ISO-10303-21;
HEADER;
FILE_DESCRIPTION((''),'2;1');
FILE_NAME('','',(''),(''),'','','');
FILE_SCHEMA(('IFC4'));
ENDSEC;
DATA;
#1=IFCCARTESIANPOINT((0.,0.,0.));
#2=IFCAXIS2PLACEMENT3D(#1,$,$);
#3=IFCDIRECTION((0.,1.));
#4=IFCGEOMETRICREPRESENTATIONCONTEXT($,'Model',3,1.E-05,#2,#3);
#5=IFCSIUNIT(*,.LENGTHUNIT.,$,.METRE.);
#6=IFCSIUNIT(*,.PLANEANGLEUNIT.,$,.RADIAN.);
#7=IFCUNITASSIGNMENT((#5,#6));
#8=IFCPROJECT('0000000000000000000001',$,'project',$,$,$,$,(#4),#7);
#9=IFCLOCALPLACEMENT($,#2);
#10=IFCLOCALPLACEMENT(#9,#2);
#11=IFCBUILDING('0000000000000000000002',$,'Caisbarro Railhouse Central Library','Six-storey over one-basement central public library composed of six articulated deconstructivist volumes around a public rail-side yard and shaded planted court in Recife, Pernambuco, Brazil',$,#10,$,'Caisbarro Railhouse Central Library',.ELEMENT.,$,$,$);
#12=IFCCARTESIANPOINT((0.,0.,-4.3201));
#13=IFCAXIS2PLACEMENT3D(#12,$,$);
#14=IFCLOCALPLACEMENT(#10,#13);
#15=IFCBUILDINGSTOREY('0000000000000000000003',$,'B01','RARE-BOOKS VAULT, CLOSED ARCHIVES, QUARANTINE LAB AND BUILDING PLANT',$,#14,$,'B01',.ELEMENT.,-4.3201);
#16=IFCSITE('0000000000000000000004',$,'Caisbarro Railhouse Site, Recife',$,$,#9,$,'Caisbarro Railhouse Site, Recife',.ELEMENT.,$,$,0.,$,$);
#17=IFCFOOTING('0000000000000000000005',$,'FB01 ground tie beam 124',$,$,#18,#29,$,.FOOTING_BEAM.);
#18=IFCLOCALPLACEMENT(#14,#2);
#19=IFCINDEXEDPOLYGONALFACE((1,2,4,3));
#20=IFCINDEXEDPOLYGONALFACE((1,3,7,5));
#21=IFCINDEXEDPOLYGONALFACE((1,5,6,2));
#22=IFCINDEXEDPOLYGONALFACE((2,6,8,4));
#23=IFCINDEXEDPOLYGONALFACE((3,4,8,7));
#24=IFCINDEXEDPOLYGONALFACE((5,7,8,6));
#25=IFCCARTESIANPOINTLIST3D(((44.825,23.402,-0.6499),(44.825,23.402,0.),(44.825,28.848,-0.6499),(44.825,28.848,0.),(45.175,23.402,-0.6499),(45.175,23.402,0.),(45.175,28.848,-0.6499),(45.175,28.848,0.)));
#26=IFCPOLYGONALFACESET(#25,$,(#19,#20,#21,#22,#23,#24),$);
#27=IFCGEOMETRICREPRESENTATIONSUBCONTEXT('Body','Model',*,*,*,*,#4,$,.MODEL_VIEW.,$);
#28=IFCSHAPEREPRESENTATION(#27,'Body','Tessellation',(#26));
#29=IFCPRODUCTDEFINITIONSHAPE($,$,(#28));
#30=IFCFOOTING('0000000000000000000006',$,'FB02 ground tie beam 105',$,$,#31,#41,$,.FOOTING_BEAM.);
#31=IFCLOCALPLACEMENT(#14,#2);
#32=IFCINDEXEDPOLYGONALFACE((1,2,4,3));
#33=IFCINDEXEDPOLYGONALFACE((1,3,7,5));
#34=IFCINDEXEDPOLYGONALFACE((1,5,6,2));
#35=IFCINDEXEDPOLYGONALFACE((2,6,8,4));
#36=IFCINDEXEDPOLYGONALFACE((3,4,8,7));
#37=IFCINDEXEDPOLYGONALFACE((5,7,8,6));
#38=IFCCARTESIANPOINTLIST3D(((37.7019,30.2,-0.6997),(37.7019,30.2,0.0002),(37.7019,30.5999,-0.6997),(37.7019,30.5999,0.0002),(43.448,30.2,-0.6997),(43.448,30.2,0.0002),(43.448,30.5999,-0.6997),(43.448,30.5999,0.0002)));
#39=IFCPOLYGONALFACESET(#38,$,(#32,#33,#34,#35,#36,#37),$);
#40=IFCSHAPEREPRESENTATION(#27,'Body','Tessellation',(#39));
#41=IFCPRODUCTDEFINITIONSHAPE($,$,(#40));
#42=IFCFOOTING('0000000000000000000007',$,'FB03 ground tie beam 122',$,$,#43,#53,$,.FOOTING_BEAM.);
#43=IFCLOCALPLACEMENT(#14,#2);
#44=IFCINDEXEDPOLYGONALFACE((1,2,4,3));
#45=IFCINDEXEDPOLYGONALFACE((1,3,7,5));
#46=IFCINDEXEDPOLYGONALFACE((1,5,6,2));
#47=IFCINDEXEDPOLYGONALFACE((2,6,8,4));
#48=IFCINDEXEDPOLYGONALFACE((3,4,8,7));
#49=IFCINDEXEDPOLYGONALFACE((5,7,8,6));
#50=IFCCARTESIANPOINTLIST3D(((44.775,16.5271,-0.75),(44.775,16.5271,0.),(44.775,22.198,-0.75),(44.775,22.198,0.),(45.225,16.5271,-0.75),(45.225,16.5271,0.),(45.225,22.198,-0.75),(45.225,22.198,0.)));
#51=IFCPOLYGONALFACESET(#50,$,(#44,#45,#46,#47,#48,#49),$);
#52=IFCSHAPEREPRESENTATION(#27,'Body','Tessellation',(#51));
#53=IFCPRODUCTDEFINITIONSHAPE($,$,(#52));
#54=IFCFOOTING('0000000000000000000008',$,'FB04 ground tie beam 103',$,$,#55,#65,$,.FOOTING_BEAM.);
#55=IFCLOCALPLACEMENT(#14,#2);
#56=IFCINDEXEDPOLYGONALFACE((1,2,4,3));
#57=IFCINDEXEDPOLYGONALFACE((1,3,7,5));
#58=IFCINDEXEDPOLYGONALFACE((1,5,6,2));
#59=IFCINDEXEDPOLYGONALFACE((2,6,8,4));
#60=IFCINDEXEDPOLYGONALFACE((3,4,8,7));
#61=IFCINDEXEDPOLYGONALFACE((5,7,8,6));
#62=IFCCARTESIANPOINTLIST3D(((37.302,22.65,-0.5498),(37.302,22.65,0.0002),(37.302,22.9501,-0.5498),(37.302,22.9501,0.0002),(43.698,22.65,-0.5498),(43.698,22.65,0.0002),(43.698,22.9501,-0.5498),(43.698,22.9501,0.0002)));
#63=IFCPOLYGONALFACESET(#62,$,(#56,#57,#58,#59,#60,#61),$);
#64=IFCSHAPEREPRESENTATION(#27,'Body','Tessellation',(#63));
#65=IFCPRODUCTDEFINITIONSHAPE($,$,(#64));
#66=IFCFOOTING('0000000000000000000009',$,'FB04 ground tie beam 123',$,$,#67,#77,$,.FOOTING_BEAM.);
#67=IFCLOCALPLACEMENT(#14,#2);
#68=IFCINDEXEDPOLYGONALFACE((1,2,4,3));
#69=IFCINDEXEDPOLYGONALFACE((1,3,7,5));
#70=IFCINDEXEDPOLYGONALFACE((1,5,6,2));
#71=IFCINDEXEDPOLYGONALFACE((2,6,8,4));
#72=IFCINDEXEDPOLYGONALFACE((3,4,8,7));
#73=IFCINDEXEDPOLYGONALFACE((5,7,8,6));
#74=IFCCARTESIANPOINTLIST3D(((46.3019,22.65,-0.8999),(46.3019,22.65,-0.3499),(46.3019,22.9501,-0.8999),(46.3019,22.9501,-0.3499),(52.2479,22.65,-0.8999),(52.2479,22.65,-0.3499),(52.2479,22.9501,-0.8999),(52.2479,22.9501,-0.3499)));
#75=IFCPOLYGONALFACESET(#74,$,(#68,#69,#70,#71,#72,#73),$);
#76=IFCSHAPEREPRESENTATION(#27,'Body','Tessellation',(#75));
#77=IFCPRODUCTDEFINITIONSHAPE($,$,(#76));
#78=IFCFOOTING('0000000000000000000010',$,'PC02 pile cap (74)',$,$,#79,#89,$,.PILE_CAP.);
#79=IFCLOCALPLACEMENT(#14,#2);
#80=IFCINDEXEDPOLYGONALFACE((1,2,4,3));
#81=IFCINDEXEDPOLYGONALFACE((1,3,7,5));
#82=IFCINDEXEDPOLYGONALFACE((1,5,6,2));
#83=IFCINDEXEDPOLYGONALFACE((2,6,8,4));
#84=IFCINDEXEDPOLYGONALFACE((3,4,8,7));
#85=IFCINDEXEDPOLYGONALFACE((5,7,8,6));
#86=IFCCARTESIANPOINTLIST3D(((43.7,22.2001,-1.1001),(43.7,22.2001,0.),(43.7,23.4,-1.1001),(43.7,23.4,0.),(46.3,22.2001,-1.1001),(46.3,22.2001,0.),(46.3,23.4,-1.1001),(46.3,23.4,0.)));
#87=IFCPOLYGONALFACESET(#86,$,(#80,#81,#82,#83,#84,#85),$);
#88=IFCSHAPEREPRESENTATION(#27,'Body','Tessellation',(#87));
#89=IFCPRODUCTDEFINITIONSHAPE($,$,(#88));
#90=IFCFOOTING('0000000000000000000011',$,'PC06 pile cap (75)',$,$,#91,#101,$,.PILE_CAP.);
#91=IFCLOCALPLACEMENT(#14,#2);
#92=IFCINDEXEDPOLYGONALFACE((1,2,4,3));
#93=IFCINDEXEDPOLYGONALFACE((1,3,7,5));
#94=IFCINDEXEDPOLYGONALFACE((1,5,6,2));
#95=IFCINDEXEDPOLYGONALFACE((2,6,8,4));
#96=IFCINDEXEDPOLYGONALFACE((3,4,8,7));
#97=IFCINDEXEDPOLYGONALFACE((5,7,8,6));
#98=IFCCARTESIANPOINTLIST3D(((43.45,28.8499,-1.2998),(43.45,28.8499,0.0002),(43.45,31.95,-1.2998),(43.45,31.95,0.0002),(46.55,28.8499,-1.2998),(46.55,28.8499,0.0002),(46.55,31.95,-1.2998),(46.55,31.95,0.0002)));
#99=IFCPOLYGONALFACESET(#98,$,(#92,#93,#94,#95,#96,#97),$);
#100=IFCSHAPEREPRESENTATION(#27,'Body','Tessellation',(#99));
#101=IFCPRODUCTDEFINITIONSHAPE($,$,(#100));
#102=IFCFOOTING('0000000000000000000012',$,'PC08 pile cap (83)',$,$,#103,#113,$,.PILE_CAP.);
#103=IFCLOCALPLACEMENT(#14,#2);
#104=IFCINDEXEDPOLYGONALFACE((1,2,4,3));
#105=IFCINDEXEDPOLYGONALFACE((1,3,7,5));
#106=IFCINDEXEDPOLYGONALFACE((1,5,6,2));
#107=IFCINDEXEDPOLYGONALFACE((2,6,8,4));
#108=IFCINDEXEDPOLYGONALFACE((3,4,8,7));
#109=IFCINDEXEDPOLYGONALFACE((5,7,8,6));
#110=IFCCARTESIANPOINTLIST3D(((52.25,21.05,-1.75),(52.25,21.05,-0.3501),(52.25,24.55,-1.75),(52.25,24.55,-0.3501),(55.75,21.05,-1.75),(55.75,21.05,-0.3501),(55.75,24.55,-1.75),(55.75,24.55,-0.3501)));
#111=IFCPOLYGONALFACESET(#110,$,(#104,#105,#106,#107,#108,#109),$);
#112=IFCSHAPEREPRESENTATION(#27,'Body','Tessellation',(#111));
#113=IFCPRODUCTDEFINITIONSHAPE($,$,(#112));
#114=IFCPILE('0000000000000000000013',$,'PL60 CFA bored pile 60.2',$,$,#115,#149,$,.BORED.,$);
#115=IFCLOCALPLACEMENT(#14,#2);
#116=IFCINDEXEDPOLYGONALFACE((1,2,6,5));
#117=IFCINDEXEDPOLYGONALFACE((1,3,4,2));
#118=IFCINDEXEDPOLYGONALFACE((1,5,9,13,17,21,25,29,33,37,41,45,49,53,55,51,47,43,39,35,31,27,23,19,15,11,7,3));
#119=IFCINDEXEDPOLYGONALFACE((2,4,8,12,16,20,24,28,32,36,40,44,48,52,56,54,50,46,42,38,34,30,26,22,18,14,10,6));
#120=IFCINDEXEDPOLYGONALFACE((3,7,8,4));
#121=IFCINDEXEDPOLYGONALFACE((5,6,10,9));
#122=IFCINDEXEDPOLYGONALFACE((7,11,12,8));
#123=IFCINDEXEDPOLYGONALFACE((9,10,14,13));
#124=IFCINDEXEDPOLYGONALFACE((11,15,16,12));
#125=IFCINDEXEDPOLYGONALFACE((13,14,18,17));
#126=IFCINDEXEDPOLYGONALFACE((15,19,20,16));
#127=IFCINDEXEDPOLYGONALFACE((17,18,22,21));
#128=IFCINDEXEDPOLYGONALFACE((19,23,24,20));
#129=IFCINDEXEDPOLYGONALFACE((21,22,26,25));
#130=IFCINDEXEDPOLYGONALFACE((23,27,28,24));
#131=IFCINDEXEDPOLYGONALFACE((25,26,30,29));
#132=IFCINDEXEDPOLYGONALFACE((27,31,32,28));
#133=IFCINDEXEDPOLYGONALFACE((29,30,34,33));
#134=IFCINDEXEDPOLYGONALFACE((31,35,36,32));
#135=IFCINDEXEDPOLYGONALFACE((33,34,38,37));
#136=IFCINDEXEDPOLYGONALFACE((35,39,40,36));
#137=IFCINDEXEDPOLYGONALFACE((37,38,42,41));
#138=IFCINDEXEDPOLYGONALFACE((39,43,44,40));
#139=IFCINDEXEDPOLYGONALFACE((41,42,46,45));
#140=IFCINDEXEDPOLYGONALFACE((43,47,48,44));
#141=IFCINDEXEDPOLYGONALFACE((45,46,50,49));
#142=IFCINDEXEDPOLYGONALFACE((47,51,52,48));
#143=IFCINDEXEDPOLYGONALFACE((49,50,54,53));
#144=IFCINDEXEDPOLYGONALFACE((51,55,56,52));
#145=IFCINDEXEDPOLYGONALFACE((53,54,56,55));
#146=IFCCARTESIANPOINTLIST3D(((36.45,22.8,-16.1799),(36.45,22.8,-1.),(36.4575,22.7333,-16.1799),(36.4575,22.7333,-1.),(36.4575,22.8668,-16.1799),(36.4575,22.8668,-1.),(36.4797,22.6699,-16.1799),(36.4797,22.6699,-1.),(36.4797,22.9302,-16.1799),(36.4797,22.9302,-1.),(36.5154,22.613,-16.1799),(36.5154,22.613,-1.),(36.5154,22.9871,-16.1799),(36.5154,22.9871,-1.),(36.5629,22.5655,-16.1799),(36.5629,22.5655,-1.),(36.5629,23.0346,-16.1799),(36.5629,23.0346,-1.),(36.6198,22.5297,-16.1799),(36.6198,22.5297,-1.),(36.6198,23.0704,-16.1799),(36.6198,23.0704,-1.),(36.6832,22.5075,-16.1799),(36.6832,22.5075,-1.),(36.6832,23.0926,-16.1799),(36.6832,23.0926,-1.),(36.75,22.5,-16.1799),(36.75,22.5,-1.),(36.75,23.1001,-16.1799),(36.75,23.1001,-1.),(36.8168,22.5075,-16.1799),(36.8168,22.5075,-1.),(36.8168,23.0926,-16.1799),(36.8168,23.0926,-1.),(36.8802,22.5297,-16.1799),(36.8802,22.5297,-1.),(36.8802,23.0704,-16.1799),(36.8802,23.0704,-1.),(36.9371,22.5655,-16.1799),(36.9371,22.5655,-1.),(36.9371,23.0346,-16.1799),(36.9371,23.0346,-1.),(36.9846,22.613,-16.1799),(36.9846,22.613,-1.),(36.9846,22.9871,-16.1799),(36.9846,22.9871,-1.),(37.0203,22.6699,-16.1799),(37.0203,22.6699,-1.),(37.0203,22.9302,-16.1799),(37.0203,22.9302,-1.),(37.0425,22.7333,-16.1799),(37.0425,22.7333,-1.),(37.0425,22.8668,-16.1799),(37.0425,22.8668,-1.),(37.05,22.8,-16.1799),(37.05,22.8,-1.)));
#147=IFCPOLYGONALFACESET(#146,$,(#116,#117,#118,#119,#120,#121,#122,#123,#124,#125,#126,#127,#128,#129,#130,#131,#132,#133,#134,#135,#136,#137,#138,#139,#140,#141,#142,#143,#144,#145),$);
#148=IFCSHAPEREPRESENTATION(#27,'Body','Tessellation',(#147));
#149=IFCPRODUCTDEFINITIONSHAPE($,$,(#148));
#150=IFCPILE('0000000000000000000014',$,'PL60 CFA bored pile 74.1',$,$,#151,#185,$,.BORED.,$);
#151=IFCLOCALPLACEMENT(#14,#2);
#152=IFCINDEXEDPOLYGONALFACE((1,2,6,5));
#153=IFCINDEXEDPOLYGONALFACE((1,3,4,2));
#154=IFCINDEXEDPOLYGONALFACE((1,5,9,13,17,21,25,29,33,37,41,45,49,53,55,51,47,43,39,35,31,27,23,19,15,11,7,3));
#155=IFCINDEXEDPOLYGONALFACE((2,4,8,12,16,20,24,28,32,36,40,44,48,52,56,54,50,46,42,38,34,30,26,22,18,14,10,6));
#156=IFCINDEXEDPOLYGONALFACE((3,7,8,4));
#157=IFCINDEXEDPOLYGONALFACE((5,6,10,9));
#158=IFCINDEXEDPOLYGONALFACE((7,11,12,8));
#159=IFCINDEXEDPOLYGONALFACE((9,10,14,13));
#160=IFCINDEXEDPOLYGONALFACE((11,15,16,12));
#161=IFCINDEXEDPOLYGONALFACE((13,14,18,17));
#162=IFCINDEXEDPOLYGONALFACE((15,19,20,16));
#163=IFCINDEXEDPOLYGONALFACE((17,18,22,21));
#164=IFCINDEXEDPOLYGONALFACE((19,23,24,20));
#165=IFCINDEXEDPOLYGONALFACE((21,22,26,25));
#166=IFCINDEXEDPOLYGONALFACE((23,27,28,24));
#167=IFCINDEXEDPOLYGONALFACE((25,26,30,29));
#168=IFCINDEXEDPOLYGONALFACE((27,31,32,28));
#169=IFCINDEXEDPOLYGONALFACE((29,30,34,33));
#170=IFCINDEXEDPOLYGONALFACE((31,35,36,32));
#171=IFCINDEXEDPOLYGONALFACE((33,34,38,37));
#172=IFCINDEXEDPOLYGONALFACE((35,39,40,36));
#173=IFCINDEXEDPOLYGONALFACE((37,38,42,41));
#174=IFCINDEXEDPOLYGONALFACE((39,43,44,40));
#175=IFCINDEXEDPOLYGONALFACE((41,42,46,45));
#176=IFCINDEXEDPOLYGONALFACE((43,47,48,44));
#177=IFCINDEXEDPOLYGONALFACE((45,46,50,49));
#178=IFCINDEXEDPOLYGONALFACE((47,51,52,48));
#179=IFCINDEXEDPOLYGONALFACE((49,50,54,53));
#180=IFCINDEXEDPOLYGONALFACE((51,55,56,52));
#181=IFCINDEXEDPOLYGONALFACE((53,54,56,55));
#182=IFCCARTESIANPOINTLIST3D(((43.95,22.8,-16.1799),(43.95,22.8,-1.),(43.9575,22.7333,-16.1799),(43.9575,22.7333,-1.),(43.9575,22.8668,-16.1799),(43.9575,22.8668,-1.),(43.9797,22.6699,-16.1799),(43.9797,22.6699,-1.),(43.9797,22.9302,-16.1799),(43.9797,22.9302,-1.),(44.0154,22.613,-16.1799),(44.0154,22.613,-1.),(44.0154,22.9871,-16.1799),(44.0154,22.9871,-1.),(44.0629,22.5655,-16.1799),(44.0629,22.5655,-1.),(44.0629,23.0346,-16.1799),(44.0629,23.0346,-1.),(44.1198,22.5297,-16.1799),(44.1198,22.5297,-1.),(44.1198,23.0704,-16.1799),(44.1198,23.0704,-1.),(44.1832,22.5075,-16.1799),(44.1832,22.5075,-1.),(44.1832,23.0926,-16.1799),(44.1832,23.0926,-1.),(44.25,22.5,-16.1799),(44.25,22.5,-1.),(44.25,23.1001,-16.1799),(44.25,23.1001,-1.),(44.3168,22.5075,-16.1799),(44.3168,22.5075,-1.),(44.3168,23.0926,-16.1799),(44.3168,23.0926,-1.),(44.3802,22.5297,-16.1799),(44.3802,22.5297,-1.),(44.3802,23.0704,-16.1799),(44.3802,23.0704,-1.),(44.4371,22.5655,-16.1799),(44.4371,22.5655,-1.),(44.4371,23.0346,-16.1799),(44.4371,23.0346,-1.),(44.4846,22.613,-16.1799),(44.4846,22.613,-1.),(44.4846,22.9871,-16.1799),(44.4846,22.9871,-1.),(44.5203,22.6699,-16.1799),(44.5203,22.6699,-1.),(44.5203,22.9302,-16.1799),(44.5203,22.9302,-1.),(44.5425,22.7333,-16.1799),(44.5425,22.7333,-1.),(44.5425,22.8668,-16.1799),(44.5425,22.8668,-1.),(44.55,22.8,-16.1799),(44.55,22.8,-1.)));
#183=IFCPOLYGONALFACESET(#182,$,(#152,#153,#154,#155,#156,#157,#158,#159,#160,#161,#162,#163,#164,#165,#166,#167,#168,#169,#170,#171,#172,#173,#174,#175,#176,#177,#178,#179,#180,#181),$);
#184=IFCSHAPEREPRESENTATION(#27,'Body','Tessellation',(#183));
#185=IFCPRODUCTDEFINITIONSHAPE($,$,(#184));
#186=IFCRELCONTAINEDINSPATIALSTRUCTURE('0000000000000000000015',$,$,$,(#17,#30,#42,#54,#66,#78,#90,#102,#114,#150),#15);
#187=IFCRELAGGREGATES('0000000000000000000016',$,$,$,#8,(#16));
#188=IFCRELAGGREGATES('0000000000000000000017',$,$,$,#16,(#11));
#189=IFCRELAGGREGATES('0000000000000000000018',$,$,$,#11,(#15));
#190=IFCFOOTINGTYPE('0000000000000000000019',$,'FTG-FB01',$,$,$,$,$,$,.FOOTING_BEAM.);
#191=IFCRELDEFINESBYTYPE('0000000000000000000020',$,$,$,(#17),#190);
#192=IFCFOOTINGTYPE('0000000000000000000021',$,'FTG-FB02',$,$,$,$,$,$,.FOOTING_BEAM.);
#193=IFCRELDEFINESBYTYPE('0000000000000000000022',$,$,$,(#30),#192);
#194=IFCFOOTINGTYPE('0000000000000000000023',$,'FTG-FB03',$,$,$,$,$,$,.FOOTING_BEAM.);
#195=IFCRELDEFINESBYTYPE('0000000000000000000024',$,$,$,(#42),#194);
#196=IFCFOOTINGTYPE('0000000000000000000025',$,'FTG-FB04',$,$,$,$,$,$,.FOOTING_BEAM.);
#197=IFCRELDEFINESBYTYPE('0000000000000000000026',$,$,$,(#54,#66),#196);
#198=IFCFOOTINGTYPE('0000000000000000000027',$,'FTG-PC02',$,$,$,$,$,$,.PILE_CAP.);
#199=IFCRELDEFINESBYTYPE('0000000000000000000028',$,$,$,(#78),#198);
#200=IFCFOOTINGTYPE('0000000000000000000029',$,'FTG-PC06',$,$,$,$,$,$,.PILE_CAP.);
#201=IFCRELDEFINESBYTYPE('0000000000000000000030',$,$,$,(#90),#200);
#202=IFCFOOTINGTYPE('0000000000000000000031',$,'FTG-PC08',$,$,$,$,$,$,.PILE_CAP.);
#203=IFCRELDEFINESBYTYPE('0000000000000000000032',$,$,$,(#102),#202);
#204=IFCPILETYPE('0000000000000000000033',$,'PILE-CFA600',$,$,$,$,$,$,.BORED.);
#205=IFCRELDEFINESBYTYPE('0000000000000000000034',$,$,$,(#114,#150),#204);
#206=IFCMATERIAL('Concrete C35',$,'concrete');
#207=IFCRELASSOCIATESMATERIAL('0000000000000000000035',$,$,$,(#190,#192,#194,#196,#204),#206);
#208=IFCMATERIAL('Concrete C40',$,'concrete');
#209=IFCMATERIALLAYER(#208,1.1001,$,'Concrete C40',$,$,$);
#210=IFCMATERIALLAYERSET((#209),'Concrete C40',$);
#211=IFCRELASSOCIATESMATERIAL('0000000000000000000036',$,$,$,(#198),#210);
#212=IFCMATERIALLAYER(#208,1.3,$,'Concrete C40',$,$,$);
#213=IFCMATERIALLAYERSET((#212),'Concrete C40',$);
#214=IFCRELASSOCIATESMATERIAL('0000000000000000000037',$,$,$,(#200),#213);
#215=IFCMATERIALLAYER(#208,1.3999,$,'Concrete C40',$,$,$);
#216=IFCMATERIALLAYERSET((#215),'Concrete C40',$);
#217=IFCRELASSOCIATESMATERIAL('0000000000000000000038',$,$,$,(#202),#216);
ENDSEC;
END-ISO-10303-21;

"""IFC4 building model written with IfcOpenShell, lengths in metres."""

from ifc_helpers import new_model, si_unit, direction, frame, origin, origin_2d, place, context, subcontext, project, spatial, rectangle, circle, extrude, material, layer, layer_set, material_profile, profile_set, type_object, element, save


model = new_model("IFC4")

# Units and contexts
model_context = context("Model", 3, precision=1e-05, world=origin(), true_north=direction((0.0, 1.0)))
body_context = subcontext(model_context, "Body", "Model", "MODEL_VIEW")
ifc_project = project(units=[si_unit("LENGTHUNIT", "METRE"), si_unit("PLANEANGLEUNIT", "RADIAN")], contexts=[model_context])

# Site, building, storey
site_placement = place(None, origin())
site = spatial("IfcSite", under=ifc_project, at=site_placement, Name="Caisbarro Railhouse Site, Recife", LongName="Caisbarro Railhouse Site, Recife", CompositionType="ELEMENT", RefElevation=0.0)
building_placement = place(site_placement, origin())
building = spatial("IfcBuilding", under=site, at=building_placement, Name="Caisbarro Railhouse Central Library", Description="Six-storey over one-basement central public library composed of six articulated deconstructivist volumes around a public rail-side yard and shaded planted court in Recife, Pernambuco, Brazil", LongName="Caisbarro Railhouse Central Library", CompositionType="ELEMENT")
storey_placement = place(building_placement, frame((0.0, 0.0, -4.3201)))
storey = spatial("IfcBuildingStorey", under=building, at=storey_placement, Name="B01", Description="RARE-BOOKS VAULT, CLOSED ARCHIVES, QUARANTINE LAB AND BUILDING PLANT", LongName="B01", CompositionType="ELEMENT", Elevation=-4.3201)

# Footings
ifc_material_1 = material(Name="Concrete C35", Category="concrete")
footing_type_1 = type_object("IfcFootingType", Name="FTG-FB01", PredefinedType="FOOTING_BEAM", material=ifc_material_1)
footing_1_placement = place(storey_placement, frame((45.0, 26.125, -0.6499), z_axis=(0.0, 0.0, 1.0), x_axis=(0.0, 1.0, 0.0)))
element("IfcFooting", 1, at=footing_1_placement, inside=storey, type_object=footing_type_1, Name="FB01 ground tie beam 124", PredefinedType="FOOTING_BEAM", context=body_context, shape_type="SweptSolid", body=[
    extrude(rectangle(XDim=5.446, YDim=0.3501, at=origin_2d()), origin(), (0.0, 0.0, 1.0), 0.6499),
])
footing_type_2 = type_object("IfcFootingType", Name="FTG-FB02", PredefinedType="FOOTING_BEAM", material=ifc_material_1)
footing_2_placement = place(storey_placement, frame((40.575, 30.3999, -0.6997), z_axis=(0.0, 0.0, 1.0), x_axis=(1.0, 0.0, 0.0)))
element("IfcFooting", 2, at=footing_2_placement, inside=storey, type_object=footing_type_2, Name="FB02 ground tie beam 105", PredefinedType="FOOTING_BEAM", context=body_context, shape_type="SweptSolid", body=[
    extrude(rectangle(XDim=5.7461, YDim=0.3999, at=origin_2d()), origin(), (0.0, 0.0, 1.0), 0.7),
])
footing_type_3 = type_object("IfcFootingType", Name="FTG-FB03", PredefinedType="FOOTING_BEAM", material=ifc_material_1)
footing_3_placement = place(storey_placement, frame((45.0, 19.3625, -0.75), z_axis=(0.0, 0.0, 1.0), x_axis=(0.0, 1.0, 0.0)))
element("IfcFooting", 3, at=footing_3_placement, inside=storey, type_object=footing_type_3, Name="FB03 ground tie beam 122", PredefinedType="FOOTING_BEAM", context=body_context, shape_type="SweptSolid", body=[
    extrude(rectangle(XDim=5.6709, YDim=0.45, at=origin_2d()), origin(), (0.0, 0.0, 1.0), 0.75),
])
footing_type_4 = type_object("IfcFootingType", Name="FTG-FB04", PredefinedType="FOOTING_BEAM", material=ifc_material_1)
footing_4_placement = place(storey_placement, frame((40.5, 22.8, -0.5498), z_axis=(0.0, 0.0, 1.0), x_axis=(1.0, 0.0, 0.0)))
element("IfcFooting", 4, at=footing_4_placement, inside=storey, type_object=footing_type_4, Name="FB04 ground tie beam 103", PredefinedType="FOOTING_BEAM", context=body_context, shape_type="SweptSolid", body=[
    extrude(rectangle(XDim=6.396, YDim=0.3, at=origin_2d()), origin(), (0.0, 0.0, 1.0), 0.55),
])
footing_5_placement = place(storey_placement, frame((49.2749, 22.8, -0.8999), z_axis=(0.0, 0.0, 1.0), x_axis=(1.0, 0.0, 0.0)))
element("IfcFooting", 5, at=footing_5_placement, inside=storey, type_object=footing_type_4, Name="FB04 ground tie beam 123", PredefinedType="FOOTING_BEAM", context=body_context, shape_type="SweptSolid", body=[
    extrude(rectangle(XDim=5.946, YDim=0.3, at=origin_2d()), origin(), (0.0, 0.0, 1.0), 0.55),
])
ifc_material_2 = material(Name="Concrete C40", Category="concrete")
ifc_layer_1 = layer(ifc_material_2, 1.1001, Name="Concrete C40")
ifc_layer_set_1 = layer_set([ifc_layer_1], Name="Concrete C40")
footing_type_5 = type_object("IfcFootingType", Name="FTG-PC02", PredefinedType="PILE_CAP", material=ifc_layer_set_1)
footing_6_placement = place(storey_placement, frame((45.0, 22.8, -1.1001), z_axis=(0.0, 0.0, 1.0), x_axis=(1.0, 0.0, 0.0)))
element("IfcFooting", 6, at=footing_6_placement, inside=storey, type_object=footing_type_5, Name="PC02 pile cap (74)", PredefinedType="PILE_CAP", context=body_context, shape_type="SweptSolid", body=[
    extrude(rectangle(XDim=2.6001, YDim=1.2, at=origin_2d()), origin(), (0.0, 0.0, 1.0), 1.1001),
])
ifc_layer_2 = layer(ifc_material_2, 1.3, Name="Concrete C40")
ifc_layer_set_2 = layer_set([ifc_layer_2], Name="Concrete C40")
footing_type_6 = type_object("IfcFootingType", Name="FTG-PC06", PredefinedType="PILE_CAP", material=ifc_layer_set_2)
footing_7_placement = place(storey_placement, frame((45.0, 30.3999, -1.2998), z_axis=(0.0, 0.0, 1.0), x_axis=(1.0, 0.0, 0.0)))
element("IfcFooting", 7, at=footing_7_placement, inside=storey, type_object=footing_type_6, Name="PC06 pile cap (75)", PredefinedType="PILE_CAP", context=body_context, shape_type="SweptSolid", body=[
    extrude(rectangle(XDim=3.1001, YDim=3.1001, at=origin_2d()), origin(), (0.0, 0.0, 1.0), 1.3),
])
ifc_layer_3 = layer(ifc_material_2, 1.3999, Name="Concrete C40")
ifc_layer_set_3 = layer_set([ifc_layer_3], Name="Concrete C40")
footing_type_7 = type_object("IfcFootingType", Name="FTG-PC08", PredefinedType="PILE_CAP", material=ifc_layer_set_3)
footing_8_placement = place(storey_placement, frame((54.0, 22.8, -1.75), z_axis=(0.0, 0.0, 1.0), x_axis=(1.0, 0.0, 0.0)))
element("IfcFooting", 8, at=footing_8_placement, inside=storey, type_object=footing_type_7, Name="PC08 pile cap (83)", PredefinedType="PILE_CAP", context=body_context, shape_type="SweptSolid", body=[
    extrude(rectangle(XDim=3.5, YDim=3.5, at=origin_2d()), origin(), (0.0, 0.0, 1.0), 1.3999),
])

# Piles
ifc_material_profile_1 = material_profile(ifc_material_1, circle(Radius=0.3, at=origin_2d()), Name="PILE-CFA-600")
ifc_profile_set_1 = profile_set([ifc_material_profile_1], Name="Concrete C35")
pile_type_1 = type_object("IfcPileType", Name="PILE-CFA600", PredefinedType="BORED", material=ifc_profile_set_1)
for number, where, z_axis, x_axis, name in (
    (9, (36.75, 22.8, -1.0), (0.0, 0.0, -1.0), (1.0, 0.0, 0.0), "PL60 CFA bored pile 60.2"),
    (10, (44.25, 22.8, -1.0), (0.0, 0.0, -1.0), (1.0, 0.0, 0.0), "PL60 CFA bored pile 74.1"),
):
    element("IfcPile", number, at=place(storey_placement, frame(where, z_axis=z_axis, x_axis=x_axis)), inside=storey, type_object=pile_type_1, Name=name, PredefinedType="BORED", context=body_context, shape_type="SweptSolid", body=[
        extrude(circle(Radius=0.3, at=origin_2d()), origin(), (0.0, 0.0, 1.0), 15.1799),
    ])

save(model, "model.ifc")
